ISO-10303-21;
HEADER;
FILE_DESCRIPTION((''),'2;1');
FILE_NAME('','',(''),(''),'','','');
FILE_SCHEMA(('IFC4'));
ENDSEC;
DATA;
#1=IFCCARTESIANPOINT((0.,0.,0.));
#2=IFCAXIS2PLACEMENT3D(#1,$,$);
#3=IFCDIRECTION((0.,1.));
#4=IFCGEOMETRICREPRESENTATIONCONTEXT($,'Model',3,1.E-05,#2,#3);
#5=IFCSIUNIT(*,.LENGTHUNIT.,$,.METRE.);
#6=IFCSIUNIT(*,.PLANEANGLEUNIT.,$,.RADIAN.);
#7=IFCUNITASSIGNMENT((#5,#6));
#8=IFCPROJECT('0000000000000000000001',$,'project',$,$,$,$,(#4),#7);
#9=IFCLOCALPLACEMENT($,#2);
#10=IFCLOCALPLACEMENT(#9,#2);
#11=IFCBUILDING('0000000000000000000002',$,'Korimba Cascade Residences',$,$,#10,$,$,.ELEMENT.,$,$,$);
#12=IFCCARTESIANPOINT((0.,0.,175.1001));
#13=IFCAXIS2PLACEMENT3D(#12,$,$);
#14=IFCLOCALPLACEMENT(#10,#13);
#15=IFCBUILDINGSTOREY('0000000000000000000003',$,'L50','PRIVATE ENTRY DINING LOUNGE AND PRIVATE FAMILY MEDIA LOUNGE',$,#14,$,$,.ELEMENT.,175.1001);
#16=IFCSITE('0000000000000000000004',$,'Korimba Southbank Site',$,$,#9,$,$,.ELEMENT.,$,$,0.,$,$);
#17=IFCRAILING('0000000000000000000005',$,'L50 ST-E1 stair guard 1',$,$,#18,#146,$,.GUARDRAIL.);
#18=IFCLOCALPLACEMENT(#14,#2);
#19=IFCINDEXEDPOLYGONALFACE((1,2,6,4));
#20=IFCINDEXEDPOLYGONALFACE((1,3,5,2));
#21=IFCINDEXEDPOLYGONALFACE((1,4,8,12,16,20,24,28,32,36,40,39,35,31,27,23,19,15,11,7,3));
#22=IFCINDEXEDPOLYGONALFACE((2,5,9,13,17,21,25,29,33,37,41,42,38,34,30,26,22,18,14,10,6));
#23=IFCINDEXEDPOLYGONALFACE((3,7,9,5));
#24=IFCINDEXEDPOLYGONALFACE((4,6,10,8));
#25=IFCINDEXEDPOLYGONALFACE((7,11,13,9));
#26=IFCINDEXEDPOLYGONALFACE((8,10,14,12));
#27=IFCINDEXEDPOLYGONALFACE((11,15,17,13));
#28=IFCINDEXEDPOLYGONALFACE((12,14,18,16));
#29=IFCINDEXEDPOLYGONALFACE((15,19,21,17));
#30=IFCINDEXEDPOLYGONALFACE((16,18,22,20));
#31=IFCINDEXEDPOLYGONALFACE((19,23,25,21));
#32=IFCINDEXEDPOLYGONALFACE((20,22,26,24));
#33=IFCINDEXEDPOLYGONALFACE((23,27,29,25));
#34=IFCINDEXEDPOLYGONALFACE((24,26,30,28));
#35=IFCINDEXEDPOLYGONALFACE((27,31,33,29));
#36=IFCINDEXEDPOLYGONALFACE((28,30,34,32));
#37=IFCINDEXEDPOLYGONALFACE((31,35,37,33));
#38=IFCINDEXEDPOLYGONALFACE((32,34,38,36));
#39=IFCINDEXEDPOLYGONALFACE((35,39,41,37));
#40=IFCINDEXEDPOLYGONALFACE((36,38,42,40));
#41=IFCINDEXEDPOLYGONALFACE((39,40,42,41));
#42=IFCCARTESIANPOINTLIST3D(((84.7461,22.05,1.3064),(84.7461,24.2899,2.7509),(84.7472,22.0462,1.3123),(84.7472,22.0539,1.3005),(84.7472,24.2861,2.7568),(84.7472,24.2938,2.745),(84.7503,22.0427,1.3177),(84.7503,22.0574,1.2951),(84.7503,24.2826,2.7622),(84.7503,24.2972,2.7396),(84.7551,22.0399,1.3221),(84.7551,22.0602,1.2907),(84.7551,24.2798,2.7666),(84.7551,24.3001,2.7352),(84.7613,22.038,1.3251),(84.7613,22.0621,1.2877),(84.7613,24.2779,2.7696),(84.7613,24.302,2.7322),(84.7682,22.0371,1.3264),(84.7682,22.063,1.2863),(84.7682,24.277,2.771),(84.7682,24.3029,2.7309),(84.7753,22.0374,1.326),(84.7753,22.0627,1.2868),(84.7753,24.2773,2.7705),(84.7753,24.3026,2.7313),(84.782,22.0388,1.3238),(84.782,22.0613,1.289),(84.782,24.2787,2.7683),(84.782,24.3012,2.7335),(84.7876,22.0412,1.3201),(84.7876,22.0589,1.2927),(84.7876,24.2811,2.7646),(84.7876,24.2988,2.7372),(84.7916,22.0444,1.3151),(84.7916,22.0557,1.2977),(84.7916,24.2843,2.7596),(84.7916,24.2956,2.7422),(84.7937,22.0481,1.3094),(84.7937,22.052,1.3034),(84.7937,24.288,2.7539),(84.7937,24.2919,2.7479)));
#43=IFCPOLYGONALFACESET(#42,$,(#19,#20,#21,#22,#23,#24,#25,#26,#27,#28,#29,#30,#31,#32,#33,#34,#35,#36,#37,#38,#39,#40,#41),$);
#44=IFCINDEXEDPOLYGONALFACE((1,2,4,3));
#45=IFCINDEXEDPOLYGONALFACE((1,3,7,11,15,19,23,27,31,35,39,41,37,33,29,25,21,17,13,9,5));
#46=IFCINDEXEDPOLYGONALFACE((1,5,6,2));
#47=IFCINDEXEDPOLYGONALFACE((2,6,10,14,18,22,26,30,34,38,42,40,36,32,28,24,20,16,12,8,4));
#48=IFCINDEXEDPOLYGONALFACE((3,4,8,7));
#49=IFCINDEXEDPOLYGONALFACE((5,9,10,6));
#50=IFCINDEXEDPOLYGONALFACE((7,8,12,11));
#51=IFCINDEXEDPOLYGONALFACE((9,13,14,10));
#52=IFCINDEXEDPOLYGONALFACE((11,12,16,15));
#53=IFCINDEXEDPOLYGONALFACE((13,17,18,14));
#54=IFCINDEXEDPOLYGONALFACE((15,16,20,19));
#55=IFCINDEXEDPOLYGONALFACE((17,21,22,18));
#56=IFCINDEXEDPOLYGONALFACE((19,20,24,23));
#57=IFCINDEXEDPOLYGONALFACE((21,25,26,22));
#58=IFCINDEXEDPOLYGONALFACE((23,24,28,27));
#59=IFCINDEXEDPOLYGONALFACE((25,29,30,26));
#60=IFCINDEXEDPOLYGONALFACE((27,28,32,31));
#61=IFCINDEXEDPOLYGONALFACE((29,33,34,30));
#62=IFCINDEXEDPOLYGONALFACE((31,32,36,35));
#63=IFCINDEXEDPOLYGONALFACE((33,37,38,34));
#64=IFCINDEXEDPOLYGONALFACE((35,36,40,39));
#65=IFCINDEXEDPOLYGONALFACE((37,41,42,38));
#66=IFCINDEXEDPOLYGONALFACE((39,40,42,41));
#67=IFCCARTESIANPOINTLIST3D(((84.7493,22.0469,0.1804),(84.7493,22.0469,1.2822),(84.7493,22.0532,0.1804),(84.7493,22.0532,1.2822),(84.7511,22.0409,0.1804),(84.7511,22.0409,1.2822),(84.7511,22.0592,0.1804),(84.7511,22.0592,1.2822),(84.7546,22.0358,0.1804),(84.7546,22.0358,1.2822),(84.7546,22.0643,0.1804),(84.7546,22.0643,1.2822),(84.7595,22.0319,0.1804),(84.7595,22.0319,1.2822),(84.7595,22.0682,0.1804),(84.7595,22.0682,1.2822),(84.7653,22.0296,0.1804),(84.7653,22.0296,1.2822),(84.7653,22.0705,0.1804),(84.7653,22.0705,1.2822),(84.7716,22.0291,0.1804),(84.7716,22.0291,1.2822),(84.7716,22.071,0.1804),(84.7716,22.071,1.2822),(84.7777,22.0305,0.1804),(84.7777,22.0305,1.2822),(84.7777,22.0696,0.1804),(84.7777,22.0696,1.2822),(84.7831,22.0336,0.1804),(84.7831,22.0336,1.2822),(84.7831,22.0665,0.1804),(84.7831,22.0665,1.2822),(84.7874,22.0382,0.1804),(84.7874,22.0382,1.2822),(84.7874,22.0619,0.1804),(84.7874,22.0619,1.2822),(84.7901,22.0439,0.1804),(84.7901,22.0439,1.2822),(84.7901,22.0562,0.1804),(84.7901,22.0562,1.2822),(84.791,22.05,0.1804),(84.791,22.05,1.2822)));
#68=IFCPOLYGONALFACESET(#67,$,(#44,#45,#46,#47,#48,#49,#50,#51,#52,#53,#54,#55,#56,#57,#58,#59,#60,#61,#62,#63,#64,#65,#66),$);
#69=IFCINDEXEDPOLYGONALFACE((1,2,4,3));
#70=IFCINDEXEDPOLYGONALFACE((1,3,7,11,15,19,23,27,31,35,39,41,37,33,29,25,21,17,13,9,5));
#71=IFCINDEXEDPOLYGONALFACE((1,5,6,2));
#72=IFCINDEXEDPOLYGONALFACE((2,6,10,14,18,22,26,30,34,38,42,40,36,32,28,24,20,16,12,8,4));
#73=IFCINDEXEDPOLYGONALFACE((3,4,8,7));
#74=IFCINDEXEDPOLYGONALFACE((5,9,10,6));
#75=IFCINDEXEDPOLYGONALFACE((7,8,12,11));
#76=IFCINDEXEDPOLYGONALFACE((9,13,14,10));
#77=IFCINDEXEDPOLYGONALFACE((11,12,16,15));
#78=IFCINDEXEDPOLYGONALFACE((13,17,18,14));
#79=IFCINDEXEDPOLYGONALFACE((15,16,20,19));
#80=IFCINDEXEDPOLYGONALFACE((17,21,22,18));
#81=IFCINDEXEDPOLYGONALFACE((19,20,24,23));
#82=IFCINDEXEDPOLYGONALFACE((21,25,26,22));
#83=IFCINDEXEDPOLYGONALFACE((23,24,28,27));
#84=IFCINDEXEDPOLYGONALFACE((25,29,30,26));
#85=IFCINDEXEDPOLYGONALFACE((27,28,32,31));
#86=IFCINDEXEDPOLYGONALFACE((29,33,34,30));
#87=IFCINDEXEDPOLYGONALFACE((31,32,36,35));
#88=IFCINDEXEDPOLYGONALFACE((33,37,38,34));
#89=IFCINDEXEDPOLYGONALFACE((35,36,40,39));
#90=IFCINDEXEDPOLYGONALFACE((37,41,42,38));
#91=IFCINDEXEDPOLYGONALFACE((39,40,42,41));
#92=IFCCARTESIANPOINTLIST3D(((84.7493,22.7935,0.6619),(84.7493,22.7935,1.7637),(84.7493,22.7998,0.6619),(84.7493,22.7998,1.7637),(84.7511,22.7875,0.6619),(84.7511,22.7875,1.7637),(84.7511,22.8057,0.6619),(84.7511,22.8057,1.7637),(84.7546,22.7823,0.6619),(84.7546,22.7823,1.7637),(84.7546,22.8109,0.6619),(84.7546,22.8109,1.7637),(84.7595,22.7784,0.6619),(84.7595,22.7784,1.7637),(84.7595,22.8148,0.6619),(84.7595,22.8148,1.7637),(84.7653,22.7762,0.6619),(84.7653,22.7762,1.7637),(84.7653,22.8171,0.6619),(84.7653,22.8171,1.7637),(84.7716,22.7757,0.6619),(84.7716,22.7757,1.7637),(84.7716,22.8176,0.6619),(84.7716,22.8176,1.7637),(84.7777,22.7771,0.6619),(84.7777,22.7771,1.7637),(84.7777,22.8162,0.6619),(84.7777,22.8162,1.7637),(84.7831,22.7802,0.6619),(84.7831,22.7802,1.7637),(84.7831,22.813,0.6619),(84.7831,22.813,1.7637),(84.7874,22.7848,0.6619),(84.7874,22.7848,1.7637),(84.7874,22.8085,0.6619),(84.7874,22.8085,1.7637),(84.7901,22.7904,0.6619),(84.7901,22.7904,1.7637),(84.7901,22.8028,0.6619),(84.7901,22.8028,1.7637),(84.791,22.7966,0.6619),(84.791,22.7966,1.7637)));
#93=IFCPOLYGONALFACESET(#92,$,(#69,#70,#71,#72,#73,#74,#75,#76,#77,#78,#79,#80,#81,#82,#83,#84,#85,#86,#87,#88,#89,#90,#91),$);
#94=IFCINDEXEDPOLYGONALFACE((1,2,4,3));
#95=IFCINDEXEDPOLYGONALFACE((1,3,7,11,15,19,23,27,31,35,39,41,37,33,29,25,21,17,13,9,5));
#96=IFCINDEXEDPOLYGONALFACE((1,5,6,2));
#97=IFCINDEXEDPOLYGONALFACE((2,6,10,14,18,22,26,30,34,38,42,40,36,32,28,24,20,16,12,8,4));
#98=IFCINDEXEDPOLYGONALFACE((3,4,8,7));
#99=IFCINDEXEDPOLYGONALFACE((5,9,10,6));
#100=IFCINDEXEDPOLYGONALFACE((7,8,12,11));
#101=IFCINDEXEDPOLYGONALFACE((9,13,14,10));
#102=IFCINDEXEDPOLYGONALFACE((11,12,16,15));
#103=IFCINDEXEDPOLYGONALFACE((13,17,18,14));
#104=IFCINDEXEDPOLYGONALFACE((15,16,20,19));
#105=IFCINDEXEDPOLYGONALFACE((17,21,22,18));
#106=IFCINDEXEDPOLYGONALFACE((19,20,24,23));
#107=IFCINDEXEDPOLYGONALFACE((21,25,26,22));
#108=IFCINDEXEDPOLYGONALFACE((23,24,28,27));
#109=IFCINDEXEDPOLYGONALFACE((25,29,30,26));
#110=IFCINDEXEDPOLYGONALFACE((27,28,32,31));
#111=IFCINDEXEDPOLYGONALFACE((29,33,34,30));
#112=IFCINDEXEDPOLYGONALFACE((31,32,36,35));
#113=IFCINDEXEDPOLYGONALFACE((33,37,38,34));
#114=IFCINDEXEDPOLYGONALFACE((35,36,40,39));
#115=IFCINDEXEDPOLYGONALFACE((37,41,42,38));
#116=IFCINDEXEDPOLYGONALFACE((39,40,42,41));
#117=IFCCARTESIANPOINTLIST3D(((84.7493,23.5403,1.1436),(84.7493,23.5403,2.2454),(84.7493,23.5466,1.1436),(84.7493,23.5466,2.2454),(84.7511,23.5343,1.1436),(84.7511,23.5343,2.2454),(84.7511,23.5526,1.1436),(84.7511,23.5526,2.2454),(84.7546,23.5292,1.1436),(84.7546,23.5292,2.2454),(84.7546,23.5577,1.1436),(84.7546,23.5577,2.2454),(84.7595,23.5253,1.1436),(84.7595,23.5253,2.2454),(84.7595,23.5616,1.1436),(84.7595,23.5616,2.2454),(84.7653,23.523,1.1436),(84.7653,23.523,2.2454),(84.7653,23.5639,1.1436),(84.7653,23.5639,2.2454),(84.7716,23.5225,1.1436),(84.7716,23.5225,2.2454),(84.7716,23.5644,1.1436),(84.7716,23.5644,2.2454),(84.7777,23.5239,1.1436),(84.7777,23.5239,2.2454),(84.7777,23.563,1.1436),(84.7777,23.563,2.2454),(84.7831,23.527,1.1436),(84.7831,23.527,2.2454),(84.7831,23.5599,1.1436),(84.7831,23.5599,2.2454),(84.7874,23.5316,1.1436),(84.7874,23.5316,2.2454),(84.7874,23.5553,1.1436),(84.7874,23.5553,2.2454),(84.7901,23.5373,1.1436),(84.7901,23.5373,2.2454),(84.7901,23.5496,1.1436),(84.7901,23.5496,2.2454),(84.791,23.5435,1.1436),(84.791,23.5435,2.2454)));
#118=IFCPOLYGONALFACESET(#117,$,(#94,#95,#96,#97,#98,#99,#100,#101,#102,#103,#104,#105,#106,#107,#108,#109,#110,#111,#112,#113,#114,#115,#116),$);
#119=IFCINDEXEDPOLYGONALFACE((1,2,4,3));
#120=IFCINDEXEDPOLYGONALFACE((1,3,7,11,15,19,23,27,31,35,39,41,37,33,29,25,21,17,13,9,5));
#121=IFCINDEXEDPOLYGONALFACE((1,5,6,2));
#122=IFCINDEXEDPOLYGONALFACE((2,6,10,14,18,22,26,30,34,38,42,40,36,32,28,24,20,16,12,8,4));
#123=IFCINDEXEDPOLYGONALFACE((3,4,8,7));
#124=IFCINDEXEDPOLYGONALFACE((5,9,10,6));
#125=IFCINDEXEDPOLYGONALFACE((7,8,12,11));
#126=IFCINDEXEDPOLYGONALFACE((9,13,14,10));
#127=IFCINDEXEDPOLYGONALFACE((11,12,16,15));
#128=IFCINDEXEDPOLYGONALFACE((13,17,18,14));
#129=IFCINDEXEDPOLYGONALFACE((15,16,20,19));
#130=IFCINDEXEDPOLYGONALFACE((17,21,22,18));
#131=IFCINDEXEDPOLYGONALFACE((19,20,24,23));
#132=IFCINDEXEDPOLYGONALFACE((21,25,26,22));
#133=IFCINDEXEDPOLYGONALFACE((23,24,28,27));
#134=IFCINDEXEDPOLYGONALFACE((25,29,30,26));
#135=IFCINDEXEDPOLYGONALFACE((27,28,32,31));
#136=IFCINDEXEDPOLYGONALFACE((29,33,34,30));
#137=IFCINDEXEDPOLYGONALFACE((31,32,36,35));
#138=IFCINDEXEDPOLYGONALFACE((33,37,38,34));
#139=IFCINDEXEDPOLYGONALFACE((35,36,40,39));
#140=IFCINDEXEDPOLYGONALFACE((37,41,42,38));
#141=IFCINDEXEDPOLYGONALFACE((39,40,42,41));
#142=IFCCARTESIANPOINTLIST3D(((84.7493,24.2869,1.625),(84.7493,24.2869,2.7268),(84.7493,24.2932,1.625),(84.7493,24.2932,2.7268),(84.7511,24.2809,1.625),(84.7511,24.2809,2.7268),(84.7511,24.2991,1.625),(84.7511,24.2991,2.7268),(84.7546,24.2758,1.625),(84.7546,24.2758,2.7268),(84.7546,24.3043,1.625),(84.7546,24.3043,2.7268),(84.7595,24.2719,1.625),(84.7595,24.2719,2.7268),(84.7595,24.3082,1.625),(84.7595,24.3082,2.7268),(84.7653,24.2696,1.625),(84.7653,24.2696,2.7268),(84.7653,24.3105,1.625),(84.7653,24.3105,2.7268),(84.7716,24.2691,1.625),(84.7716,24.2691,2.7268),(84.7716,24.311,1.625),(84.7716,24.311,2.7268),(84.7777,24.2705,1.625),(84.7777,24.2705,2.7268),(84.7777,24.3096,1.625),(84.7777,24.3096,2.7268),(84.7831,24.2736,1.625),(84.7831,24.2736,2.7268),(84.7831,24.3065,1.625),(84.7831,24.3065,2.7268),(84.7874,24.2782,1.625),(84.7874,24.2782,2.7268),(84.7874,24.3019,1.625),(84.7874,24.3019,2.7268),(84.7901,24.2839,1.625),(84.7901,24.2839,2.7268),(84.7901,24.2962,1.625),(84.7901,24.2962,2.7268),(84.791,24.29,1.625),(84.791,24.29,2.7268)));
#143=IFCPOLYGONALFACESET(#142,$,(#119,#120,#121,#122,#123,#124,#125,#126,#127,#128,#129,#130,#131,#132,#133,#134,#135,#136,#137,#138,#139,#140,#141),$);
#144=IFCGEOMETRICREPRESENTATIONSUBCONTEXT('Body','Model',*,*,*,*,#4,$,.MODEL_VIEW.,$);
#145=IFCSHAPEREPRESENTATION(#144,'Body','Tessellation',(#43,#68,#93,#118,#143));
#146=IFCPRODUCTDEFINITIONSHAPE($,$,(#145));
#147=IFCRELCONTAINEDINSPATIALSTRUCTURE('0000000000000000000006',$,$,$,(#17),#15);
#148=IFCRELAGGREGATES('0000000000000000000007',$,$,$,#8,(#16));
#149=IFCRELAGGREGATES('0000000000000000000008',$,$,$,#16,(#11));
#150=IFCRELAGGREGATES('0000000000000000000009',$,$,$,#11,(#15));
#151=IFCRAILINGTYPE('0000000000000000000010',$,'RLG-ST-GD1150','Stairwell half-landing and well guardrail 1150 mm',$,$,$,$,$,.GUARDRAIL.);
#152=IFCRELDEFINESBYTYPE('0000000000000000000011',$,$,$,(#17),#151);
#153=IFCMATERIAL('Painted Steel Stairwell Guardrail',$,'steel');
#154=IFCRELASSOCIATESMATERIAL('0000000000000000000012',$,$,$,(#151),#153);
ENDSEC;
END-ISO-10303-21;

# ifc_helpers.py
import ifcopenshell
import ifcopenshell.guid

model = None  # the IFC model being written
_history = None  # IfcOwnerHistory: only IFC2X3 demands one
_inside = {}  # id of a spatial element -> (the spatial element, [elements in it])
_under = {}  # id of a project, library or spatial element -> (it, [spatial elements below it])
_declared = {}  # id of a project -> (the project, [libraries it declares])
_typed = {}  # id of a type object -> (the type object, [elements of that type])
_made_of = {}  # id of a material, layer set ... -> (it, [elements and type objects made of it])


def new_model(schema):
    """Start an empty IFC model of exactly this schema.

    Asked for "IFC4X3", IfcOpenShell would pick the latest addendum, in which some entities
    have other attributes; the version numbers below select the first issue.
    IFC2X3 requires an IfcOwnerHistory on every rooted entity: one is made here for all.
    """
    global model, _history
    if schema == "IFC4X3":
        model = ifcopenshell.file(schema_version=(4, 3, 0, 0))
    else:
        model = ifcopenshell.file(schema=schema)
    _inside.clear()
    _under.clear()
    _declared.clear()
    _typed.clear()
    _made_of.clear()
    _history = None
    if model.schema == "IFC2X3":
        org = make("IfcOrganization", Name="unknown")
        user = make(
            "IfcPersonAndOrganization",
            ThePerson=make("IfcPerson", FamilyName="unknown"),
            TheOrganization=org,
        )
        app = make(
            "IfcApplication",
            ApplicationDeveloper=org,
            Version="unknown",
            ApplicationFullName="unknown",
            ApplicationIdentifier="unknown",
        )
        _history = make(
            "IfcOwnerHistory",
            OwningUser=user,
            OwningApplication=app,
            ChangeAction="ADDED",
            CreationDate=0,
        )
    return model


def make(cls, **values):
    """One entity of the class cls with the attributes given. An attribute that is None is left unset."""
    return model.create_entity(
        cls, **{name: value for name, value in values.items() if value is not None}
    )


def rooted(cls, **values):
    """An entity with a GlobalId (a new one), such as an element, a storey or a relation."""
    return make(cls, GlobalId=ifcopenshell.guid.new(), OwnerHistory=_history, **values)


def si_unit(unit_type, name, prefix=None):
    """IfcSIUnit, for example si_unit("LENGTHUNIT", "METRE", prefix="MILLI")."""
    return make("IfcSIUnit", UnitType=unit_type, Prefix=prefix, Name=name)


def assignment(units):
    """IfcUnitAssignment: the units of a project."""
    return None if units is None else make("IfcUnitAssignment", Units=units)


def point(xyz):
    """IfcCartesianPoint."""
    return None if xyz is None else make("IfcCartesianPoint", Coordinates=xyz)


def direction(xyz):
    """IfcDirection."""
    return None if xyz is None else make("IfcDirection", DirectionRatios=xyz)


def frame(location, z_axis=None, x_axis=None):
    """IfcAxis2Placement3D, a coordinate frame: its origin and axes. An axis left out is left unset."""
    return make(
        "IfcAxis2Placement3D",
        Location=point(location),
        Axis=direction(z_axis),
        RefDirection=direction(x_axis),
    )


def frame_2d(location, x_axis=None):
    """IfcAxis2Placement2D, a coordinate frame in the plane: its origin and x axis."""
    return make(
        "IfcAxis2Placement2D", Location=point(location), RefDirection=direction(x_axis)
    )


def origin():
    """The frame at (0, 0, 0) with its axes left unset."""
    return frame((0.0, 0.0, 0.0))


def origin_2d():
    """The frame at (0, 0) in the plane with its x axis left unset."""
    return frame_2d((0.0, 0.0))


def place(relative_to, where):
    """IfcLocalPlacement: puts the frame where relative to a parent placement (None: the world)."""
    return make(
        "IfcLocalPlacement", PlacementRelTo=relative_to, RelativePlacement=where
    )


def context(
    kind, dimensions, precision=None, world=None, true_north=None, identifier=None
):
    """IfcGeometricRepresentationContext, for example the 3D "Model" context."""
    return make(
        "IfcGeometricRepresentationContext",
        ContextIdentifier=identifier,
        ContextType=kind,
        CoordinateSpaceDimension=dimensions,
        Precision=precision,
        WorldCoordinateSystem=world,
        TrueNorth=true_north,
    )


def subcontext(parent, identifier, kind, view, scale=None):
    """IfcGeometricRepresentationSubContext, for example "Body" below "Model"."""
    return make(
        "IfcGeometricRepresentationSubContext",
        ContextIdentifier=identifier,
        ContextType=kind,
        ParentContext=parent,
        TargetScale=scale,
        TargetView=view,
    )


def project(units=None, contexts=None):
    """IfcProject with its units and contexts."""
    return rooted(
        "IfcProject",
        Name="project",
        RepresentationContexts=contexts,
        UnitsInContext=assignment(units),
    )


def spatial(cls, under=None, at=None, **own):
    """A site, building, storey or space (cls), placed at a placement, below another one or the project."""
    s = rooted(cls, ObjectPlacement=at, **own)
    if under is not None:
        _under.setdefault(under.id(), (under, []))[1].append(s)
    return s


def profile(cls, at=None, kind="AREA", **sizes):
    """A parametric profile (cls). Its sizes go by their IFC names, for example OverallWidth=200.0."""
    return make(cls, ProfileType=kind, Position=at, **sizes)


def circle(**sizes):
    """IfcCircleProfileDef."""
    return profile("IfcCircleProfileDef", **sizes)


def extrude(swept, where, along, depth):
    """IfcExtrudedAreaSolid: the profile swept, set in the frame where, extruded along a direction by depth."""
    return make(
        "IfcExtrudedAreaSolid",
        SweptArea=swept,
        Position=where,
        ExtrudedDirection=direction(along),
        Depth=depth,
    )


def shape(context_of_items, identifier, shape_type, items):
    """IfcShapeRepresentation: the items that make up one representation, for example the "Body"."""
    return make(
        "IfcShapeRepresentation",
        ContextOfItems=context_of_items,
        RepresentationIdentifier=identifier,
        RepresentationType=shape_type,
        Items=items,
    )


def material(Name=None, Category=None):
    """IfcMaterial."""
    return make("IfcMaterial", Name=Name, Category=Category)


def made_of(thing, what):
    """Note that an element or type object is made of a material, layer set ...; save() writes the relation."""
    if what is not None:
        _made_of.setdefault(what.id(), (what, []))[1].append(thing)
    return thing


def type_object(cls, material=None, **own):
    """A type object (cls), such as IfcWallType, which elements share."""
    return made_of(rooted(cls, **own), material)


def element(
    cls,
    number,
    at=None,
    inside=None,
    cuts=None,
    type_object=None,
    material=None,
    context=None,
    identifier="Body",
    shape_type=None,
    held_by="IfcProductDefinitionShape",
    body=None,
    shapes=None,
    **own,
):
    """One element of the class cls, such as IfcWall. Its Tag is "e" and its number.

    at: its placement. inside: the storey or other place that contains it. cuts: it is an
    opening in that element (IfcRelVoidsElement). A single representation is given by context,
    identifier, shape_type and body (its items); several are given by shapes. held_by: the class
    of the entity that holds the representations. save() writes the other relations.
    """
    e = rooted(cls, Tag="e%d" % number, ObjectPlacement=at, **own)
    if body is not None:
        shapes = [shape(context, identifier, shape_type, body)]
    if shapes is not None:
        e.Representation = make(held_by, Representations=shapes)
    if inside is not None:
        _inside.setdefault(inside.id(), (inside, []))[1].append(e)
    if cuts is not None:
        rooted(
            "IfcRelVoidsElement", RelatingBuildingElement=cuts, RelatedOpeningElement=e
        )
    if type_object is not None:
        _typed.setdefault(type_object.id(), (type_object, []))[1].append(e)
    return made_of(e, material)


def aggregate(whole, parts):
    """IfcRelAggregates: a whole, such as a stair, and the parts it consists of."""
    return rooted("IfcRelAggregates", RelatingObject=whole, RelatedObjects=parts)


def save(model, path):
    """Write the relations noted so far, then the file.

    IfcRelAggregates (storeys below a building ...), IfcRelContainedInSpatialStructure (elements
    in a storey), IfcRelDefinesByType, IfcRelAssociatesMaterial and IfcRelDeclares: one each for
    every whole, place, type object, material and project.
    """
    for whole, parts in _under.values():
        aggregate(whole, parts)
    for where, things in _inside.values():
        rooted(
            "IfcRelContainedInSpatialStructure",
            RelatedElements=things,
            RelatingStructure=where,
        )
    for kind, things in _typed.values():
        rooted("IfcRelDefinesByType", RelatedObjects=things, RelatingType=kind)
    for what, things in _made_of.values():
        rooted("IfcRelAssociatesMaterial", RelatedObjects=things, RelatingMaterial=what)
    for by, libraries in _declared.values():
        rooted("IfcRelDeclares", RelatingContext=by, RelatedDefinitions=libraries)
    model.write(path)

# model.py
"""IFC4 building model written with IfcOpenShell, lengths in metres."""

from ifc_helpers import new_model, si_unit, direction, frame, origin, origin_2d, place, context, subcontext, project, spatial, circle, extrude, material, type_object, element, save


model = new_model("IFC4")

# Units and contexts
model_context = context("Model", 3, precision=1e-05, world=origin(), true_north=direction((0.0, 1.0)))
body_context = subcontext(model_context, "Body", "Model", "MODEL_VIEW")
ifc_project = project(units=[si_unit("LENGTHUNIT", "METRE"), si_unit("PLANEANGLEUNIT", "RADIAN")], contexts=[model_context])

# Site, building, storey
site_placement = place(None, origin())
site = spatial("IfcSite", under=ifc_project, at=site_placement, Name="Korimba Southbank Site", CompositionType="ELEMENT", RefElevation=0.0)
building_placement = place(site_placement, origin())
building = spatial("IfcBuilding", under=site, at=building_placement, Name="Korimba Cascade Residences", CompositionType="ELEMENT")
storey_placement = place(building_placement, frame((0.0, 0.0, 175.1001)))
storey = spatial("IfcBuildingStorey", under=building, at=storey_placement, Name="L50", Description="PRIVATE ENTRY DINING LOUNGE AND PRIVATE FAMILY MEDIA LOUNGE", CompositionType="ELEMENT", Elevation=175.1001)

# Railing
ifc_material_1 = material(Name="Painted Steel Stairwell Guardrail", Category="steel")
railing_type_1 = type_object("IfcRailingType", Name="RLG-ST-GD1150", Description="Stairwell half-landing and well guardrail 1150 mm", PredefinedType="GUARDRAIL", material=ifc_material_1)
railing_1_placement = place(storey_placement, frame((84.77, 22.05, 0.1804)))
element("IfcRailing", 1, at=railing_1_placement, inside=storey, type_object=railing_type_1, Name="L50 ST-E1 stair guard 1", PredefinedType="GUARDRAIL", context=body_context, shape_type="SweptSolid", body=[
    extrude(circle(Radius=0.0239, at=origin_2d()), frame((0.0, 0.0, 1.126), z_axis=(0.0, 0.840395, 0.541975), x_axis=(-1.0, 0.0, 0.0)), (0.0, 0.0, 1.0), 2.6653),
    extrude(circle(Radius=0.021, at=origin_2d()), origin(), (0.0, 0.0, 1.0), 1.1018),
    extrude(circle(Radius=0.021, at=origin_2d()), frame((0.0, 0.7466, 0.4814)), (0.0, 0.0, 1.0), 1.1018),
    extrude(circle(Radius=0.021, at=origin_2d()), frame((0.0, 1.4934, 0.9631)), (0.0, 0.0, 1.0), 1.1018),
    extrude(circle(Radius=0.021, at=origin_2d()), frame((0.0, 2.24, 1.4446)), (0.0, 0.0, 1.0), 1.1018),
])

save(model, "model.ifc")
